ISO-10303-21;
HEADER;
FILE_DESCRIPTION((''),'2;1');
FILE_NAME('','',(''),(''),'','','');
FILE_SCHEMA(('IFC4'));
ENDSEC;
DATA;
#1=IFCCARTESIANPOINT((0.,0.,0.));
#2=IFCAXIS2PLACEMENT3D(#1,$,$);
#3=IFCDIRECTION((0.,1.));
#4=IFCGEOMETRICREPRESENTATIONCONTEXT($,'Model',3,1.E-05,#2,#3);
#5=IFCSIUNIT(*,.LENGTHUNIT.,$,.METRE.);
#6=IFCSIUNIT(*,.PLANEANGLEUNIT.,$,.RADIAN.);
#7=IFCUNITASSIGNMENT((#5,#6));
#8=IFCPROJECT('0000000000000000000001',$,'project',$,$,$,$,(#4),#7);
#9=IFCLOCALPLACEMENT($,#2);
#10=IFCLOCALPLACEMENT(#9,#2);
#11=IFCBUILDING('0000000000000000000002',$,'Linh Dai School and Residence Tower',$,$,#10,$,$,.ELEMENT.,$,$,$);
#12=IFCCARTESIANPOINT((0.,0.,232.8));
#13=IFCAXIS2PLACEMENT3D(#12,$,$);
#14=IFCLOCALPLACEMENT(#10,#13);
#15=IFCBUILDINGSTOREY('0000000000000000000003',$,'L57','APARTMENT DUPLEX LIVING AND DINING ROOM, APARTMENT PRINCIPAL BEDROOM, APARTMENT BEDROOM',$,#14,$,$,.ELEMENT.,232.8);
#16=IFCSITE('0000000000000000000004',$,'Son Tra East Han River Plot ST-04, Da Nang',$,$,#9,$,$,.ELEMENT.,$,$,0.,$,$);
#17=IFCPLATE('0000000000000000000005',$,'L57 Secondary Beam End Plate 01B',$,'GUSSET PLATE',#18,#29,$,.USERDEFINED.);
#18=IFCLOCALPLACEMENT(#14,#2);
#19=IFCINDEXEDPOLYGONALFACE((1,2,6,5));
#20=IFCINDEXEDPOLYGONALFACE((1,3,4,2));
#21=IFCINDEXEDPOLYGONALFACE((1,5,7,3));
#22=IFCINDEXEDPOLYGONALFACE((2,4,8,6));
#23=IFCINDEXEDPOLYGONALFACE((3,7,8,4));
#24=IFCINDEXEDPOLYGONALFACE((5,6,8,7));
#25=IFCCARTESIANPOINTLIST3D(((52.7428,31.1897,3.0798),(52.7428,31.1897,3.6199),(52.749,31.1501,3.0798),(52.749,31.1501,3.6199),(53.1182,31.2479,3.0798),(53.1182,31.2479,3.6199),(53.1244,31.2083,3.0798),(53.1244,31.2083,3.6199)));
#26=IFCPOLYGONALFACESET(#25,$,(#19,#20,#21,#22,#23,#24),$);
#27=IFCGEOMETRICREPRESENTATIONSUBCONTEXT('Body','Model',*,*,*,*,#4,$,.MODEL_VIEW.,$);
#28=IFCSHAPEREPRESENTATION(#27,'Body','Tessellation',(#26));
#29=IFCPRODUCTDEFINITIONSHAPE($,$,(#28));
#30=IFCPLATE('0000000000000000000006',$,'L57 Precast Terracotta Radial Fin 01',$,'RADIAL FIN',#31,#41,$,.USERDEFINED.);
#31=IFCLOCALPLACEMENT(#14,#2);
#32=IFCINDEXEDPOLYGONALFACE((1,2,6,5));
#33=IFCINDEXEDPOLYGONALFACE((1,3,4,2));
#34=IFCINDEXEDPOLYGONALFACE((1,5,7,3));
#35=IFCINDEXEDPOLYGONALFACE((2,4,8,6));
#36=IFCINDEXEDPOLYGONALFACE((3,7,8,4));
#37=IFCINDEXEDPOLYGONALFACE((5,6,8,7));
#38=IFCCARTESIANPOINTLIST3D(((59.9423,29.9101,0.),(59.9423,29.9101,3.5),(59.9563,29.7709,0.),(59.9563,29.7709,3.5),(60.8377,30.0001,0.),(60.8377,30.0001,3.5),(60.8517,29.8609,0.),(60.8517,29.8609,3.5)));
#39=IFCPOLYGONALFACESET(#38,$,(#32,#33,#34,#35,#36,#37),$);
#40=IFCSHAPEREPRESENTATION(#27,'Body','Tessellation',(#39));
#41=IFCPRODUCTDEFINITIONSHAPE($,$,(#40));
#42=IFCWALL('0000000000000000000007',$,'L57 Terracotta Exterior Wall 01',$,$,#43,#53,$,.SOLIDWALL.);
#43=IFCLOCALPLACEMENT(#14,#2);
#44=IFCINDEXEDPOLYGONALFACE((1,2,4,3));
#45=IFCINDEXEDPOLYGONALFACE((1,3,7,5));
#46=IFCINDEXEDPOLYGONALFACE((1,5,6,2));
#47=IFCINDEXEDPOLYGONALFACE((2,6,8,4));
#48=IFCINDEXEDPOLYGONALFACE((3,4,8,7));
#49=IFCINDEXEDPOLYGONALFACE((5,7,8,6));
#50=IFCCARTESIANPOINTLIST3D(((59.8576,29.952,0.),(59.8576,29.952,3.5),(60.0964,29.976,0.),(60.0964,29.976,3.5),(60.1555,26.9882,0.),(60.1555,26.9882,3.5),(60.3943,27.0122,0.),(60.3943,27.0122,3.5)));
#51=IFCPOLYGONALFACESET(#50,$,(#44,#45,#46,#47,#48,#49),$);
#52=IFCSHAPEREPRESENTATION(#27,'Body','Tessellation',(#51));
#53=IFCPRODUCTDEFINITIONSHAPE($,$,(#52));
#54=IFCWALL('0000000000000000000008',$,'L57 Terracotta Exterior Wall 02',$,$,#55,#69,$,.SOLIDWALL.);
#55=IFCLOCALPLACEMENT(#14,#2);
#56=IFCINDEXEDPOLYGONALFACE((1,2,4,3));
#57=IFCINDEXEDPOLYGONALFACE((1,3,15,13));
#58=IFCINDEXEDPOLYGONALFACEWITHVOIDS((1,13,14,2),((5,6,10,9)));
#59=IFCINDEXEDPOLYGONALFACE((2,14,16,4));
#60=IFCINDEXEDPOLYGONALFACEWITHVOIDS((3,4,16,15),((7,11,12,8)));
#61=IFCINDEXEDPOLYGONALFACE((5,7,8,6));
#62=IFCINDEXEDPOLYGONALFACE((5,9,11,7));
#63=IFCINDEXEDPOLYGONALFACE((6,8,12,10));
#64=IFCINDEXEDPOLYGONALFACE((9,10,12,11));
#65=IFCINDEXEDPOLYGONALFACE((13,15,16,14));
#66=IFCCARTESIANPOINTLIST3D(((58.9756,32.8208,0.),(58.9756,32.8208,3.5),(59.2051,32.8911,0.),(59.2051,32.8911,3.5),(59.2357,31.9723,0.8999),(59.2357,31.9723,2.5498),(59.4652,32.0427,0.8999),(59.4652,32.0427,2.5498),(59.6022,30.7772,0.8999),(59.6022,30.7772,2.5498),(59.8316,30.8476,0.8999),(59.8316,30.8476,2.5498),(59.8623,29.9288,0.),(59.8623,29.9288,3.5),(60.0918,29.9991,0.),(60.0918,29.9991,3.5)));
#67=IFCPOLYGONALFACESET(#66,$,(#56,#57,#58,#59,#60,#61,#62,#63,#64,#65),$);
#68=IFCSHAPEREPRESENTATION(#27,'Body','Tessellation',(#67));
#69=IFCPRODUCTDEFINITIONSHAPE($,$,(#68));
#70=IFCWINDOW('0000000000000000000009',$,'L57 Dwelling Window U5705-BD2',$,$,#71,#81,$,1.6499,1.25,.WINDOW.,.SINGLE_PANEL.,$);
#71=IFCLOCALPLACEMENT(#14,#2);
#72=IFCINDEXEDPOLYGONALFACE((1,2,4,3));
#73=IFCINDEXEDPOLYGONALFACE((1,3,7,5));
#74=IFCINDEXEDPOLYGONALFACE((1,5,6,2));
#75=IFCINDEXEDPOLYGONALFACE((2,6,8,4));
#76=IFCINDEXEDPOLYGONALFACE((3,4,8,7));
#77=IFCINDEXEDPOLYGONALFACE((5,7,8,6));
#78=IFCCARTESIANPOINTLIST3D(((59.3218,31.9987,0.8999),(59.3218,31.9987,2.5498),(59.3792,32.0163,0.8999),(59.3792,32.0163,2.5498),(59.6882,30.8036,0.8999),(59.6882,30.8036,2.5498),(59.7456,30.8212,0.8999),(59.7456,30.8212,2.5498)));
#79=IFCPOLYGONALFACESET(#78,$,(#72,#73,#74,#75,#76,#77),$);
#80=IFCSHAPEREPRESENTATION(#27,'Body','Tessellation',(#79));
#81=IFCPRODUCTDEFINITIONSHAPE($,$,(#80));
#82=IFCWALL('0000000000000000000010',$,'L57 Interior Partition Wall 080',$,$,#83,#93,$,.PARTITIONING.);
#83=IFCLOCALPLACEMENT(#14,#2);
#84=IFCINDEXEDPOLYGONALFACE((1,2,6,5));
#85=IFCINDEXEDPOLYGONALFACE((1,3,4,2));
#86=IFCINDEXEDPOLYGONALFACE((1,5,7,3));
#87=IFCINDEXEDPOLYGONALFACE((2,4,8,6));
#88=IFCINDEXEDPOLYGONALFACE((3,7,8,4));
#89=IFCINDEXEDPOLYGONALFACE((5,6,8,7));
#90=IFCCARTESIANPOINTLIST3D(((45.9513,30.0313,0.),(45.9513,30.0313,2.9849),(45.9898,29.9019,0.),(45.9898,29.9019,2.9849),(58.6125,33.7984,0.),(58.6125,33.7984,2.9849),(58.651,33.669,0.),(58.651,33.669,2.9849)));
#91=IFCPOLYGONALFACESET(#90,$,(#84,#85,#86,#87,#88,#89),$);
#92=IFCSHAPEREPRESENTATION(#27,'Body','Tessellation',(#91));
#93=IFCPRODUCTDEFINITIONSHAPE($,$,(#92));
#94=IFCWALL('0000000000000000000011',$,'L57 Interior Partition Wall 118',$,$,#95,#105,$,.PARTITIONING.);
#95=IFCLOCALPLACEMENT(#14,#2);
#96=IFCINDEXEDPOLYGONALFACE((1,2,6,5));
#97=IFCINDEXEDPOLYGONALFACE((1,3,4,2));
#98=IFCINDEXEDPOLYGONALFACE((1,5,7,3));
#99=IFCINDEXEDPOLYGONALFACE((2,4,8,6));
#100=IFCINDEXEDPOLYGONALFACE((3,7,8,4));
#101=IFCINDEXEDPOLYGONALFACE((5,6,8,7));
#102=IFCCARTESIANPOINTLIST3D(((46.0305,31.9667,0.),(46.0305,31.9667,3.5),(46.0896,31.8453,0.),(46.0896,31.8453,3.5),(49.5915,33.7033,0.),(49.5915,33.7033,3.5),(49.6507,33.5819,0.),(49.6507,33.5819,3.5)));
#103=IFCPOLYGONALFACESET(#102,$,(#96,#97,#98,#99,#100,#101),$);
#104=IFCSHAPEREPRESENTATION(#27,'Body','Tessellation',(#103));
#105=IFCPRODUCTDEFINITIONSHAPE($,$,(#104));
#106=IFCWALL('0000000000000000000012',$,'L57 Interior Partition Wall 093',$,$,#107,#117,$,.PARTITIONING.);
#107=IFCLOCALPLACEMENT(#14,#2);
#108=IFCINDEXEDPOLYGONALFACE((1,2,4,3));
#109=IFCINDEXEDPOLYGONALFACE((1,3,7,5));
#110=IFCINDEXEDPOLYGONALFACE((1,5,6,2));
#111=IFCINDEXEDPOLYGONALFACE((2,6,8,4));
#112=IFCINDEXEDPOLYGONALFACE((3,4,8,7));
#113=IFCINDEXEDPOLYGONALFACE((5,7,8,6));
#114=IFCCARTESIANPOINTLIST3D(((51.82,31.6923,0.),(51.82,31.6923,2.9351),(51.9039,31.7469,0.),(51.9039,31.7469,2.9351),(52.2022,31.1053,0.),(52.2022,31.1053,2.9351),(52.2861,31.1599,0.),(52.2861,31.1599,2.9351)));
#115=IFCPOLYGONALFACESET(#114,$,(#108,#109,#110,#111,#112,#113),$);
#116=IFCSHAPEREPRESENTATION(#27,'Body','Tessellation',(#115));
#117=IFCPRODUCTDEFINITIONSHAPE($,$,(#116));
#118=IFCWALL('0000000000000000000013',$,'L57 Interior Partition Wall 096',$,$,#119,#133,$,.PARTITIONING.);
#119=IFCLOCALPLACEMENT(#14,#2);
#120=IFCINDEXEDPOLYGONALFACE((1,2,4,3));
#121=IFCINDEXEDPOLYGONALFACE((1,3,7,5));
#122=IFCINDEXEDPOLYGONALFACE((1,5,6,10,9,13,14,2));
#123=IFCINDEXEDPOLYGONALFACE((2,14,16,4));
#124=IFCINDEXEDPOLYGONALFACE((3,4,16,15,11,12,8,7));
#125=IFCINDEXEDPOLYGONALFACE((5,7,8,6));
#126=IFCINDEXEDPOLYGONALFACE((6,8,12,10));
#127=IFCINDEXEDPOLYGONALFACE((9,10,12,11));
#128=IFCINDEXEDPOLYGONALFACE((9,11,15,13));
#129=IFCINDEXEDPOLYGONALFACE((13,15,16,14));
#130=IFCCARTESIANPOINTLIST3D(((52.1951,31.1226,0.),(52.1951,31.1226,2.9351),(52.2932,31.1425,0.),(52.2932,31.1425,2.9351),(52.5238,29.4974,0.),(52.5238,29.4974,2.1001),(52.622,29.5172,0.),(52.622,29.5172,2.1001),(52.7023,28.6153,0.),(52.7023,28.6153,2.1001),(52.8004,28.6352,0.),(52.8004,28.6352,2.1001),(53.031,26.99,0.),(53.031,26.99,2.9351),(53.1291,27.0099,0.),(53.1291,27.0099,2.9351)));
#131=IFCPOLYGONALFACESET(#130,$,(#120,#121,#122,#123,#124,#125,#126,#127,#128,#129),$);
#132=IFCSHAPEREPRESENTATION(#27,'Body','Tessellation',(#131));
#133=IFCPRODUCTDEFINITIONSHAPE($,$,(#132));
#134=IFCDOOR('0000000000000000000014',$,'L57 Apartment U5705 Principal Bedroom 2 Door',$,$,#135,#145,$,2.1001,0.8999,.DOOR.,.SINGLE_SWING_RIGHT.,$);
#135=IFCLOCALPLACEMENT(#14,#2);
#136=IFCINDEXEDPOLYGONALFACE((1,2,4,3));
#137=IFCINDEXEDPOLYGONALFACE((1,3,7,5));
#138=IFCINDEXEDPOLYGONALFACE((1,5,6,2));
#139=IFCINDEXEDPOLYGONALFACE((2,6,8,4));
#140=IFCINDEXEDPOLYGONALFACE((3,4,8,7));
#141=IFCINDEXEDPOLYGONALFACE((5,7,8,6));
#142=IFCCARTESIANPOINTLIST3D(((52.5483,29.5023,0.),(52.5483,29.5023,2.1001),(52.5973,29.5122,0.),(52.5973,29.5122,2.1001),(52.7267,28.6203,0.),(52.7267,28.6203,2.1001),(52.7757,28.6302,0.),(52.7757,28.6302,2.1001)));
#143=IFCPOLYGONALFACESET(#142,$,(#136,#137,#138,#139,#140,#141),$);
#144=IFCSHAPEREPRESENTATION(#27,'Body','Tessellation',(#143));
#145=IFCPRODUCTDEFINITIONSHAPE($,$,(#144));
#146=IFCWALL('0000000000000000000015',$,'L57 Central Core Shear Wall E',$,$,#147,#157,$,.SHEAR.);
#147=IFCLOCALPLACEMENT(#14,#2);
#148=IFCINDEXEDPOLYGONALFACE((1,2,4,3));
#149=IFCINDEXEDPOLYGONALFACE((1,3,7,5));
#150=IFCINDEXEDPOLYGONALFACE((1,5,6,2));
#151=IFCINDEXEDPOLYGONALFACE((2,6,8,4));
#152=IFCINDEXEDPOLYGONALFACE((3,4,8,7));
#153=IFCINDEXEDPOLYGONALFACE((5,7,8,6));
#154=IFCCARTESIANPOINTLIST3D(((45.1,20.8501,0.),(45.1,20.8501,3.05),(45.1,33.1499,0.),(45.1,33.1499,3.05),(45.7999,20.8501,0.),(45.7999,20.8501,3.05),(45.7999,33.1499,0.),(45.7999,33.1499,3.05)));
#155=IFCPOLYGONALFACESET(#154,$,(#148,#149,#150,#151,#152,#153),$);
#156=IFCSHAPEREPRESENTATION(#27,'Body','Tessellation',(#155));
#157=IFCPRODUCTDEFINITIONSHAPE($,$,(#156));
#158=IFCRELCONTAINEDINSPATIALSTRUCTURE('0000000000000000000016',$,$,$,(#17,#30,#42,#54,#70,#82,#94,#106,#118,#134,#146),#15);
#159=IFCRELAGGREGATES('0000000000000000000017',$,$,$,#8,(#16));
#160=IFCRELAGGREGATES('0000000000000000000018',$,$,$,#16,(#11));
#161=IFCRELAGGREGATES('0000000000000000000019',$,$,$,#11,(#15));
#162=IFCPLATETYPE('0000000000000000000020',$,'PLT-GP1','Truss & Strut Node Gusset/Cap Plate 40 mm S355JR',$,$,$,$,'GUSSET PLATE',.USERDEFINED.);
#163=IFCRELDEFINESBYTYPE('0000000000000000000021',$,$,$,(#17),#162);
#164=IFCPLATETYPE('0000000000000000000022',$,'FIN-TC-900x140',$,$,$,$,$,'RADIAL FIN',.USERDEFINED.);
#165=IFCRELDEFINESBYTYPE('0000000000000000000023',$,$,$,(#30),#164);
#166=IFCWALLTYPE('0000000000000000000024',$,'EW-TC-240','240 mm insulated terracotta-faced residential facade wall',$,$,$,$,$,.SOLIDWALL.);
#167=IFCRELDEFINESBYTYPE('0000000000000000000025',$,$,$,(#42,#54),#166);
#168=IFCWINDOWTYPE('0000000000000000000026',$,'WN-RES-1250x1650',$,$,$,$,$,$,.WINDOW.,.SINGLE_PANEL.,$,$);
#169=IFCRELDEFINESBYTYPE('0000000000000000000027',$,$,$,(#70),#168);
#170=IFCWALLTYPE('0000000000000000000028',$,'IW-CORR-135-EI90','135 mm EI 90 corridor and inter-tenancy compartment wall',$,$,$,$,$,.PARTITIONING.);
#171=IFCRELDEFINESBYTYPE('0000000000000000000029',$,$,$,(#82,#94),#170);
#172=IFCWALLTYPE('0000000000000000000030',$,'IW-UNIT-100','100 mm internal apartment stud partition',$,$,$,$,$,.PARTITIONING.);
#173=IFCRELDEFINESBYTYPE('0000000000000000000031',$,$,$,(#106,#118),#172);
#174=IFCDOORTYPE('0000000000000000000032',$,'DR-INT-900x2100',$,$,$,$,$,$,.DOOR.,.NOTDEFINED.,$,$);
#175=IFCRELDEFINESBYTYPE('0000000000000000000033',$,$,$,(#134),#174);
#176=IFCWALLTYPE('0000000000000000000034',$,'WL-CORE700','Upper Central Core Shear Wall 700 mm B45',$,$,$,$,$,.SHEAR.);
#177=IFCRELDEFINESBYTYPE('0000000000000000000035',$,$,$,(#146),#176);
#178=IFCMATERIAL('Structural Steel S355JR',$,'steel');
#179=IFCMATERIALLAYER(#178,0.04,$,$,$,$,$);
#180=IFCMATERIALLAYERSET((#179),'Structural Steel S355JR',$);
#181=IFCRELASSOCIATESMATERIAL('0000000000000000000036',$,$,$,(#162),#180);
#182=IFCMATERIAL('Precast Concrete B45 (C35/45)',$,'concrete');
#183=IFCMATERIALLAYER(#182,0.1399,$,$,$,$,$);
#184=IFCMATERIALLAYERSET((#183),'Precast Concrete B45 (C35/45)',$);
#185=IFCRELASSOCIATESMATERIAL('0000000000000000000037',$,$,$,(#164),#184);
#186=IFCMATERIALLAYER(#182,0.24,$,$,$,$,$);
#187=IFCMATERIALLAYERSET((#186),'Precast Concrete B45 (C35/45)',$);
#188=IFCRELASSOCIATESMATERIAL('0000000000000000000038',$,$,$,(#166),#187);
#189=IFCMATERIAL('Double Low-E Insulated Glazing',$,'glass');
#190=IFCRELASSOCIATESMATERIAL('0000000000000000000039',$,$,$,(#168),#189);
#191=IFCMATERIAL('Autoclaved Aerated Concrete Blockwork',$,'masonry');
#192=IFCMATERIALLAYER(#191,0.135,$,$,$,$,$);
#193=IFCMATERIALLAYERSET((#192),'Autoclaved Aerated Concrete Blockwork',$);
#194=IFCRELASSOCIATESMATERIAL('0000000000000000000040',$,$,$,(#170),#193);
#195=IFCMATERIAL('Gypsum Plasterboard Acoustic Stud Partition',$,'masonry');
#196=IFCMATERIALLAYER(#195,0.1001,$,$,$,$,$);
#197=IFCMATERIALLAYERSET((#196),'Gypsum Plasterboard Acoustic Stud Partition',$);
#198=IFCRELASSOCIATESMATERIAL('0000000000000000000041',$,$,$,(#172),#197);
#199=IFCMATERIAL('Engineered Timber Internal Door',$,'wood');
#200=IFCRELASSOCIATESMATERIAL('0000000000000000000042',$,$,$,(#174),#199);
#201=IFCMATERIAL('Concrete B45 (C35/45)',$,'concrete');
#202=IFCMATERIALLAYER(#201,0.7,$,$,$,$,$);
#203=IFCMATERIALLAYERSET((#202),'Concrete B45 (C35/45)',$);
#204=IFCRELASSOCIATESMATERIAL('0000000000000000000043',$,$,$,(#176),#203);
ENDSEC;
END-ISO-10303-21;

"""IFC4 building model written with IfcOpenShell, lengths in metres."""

from ifc_helpers import new_model, si_unit, direction, frame, frame_2d, origin, origin_2d, place, context, subcontext, project, spatial, rectangle, extrude, source, transform, mapped, material, layer, layer_set, type_object, element, fill, save


model = new_model("IFC4")

# Units and contexts
model_context = context("Model", 3, precision=1e-05, world=origin(), true_north=direction((0.0, 1.0)))
body_context = subcontext(model_context, "Body", "Model", "MODEL_VIEW")
ifc_project = project(units=[si_unit("LENGTHUNIT", "METRE"), si_unit("PLANEANGLEUNIT", "RADIAN")], contexts=[model_context])

# Site, building, storey
site_placement = place(None, origin())
site = spatial("IfcSite", under=ifc_project, at=site_placement, Name="Son Tra East Han River Plot ST-04, Da Nang", CompositionType="ELEMENT", RefElevation=0.0)
building_placement = place(site_placement, origin())
building = spatial("IfcBuilding", under=site, at=building_placement, Name="Linh Dai School and Residence Tower", CompositionType="ELEMENT")
storey_placement = place(building_placement, frame((0.0, 0.0, 232.8)))
storey = spatial("IfcBuildingStorey", under=building, at=storey_placement, Name="L57", Description="APARTMENT DUPLEX LIVING AND DINING ROOM, APARTMENT PRINCIPAL BEDROOM, APARTMENT BEDROOM", CompositionType="ELEMENT", Elevation=232.8)

# Shared definitions
ifc_material_1 = material(Name="Concrete B45 (C35/45)", Category="concrete")
ifc_material_2 = material(Name="Structural Steel S355JR", Category="steel")

# Plates
ifc_layer_1 = layer(ifc_material_2, 0.04)
ifc_layer_set_1 = layer_set([ifc_layer_1], Name="Structural Steel S355JR")
plate_type_1 = type_object("IfcPlateType", Name="PLT-GP1", Description="Truss & Strut Node Gusset/Cap Plate 40 mm S355JR", ElementType="GUSSET PLATE", PredefinedType="USERDEFINED", material=ifc_layer_set_1)
shared_shape_1 = source(origin(), body_context, "Body", "SweptSolid", [
    extrude(rectangle(XDim=0.04, YDim=0.3799, at=origin_2d()), origin(), (0.0, 0.0, 1.0), 0.54),
])
plate_1_placement = place(storey_placement, frame((52.9336, 31.199, 3.0798), z_axis=(0.0, 0.0, 1.0), x_axis=(-0.153186, 0.988197, 0.0)))
element("IfcPlate", 1, at=plate_1_placement, inside=storey, type_object=plate_type_1, Name="L57 Secondary Beam End Plate 01B", ObjectType="GUSSET PLATE", PredefinedType="USERDEFINED", context=body_context, shape_type="MappedRepresentation", body=[
    mapped(shared_shape_1, transform((0.0, 0.0, 0.0), x_axis=(1.0, 0.0, 0.0), y_axis=(0.0, 1.0, 0.0), z_axis=(0.0, 0.0, 1.0), scale=1.0)),
])
ifc_material_3 = material(Name="Precast Concrete B45 (C35/45)", Category="concrete")
ifc_layer_2 = layer(ifc_material_3, 0.1399)
ifc_layer_set_2 = layer_set([ifc_layer_2], Name="Precast Concrete B45 (C35/45)")
plate_type_2 = type_object("IfcPlateType", Name="FIN-TC-900x140", ElementType="RADIAL FIN", PredefinedType="USERDEFINED", material=ifc_layer_set_2)
shared_shape_2 = source(origin(), body_context, "Body", "SweptSolid", [
    extrude(rectangle(XDim=0.8999, YDim=0.1399, at=origin_2d()), origin(), (0.0, 0.0, 1.0), 3.5),
])
plate_2_placement = place(storey_placement, frame((60.397, 29.8855, 0.0), z_axis=(0.0, 0.0, 1.0), x_axis=(0.994986, 0.100012, 0.0)))
element("IfcPlate", 2, at=plate_2_placement, inside=storey, type_object=plate_type_2, Name="L57 Precast Terracotta Radial Fin 01", ObjectType="RADIAL FIN", PredefinedType="USERDEFINED", context=body_context, shape_type="MappedRepresentation", body=[
    mapped(shared_shape_2, transform((0.0, 0.0, 0.0), x_axis=(1.0, 0.0, 0.0), y_axis=(0.0, 1.0, 0.0), z_axis=(0.0, 0.0, 1.0), scale=1.0)),
])

# Wall
ifc_layer_3 = layer(ifc_material_3, 0.24)
ifc_layer_set_3 = layer_set([ifc_layer_3], Name="Precast Concrete B45 (C35/45)")
wall_type_1 = type_object("IfcWallType", Name="EW-TC-240", Description="240 mm insulated terracotta-faced residential facade wall", PredefinedType="SOLIDWALL", material=ifc_layer_set_3)
wall_1_placement = place(storey_placement, frame((59.9771, 29.9639, 0.0), z_axis=(0.0, 0.0, 1.0), x_axis=(0.099991, -0.994988, 0.0)))
element("IfcWall", 3, at=wall_1_placement, inside=storey, type_object=wall_type_1, Name="L57 Terracotta Exterior Wall 01", PredefinedType="SOLIDWALL", context=body_context, shape_type="SweptSolid", body=[
    extrude(rectangle(XDim=2.9788, YDim=0.24, at=frame_2d((1.4893, 0.0))), origin(), (0.0, 0.0, 1.0), 3.5),
])

# Wall, opening, window
wall_2_placement = place(storey_placement, frame((59.0903, 32.856, 0.0), z_axis=(0.0, 0.0, 1.0), x_axis=(0.293133, -0.956072, 0.0)))
wall_2 = element("IfcWall", 4, at=wall_2_placement, inside=storey, type_object=wall_type_1, Name="L57 Terracotta Exterior Wall 02", PredefinedType="SOLIDWALL", context=body_context, shape_type="SweptSolid", body=[
    extrude(rectangle(XDim=3.0249, YDim=0.24, at=frame_2d((1.5125, 0.0))), origin(), (0.0, 0.0, 1.0), 3.5),
])
opening_1_placement = place(wall_2_placement, frame((0.8875, 0.0, 0.8999)))
opening_1 = element("IfcOpeningElement", 5, at=opening_1_placement, cuts=wall_2, PredefinedType="OPENING", context=body_context, shape_type="SweptSolid", body=[
    extrude(rectangle(XDim=1.25, YDim=1.6499, at=origin_2d()), frame((0.625, 0.1299, 0.825), z_axis=(0.0, -1.0, 0.0), x_axis=(1.0, 0.0, 0.0)), (0.0, 0.0, 1.0), 0.26),
])
ifc_material_4 = material(Name="Double Low-E Insulated Glazing", Category="glass")
window_type = type_object("IfcWindowType", Name="WN-RES-1250x1650", PartitioningType="SINGLE_PANEL", PredefinedType="WINDOW", material=ifc_material_4)
shared_shape_3 = source(origin(), body_context, "Body", "SweptSolid", [
    extrude(rectangle(XDim=1.25, YDim=1.6499, at=origin_2d()), frame((0.625, 0.03, 0.825), z_axis=(0.0, -1.0, 0.0), x_axis=(1.0, 0.0, 0.0)), (0.0, 0.0, 1.0), 0.0601),
])
window_placement = place(opening_1_placement, origin())
window = element("IfcWindow", 6, at=window_placement, inside=storey, type_object=window_type, Name="L57 Dwelling Window U5705-BD2", OverallHeight=1.6499, OverallWidth=1.25, PartitioningType="SINGLE_PANEL", PredefinedType="WINDOW", context=body_context, shape_type="MappedRepresentation", body=[
    mapped(shared_shape_3, transform((0.0, 0.0, 0.0), x_axis=(1.0, 0.0, 0.0), y_axis=(0.0, 1.0, 0.0), z_axis=(0.0, 0.0, 1.0), scale=1.0)),
])
fill(opening_1, window)

# Walls
ifc_material_5 = material(Name="Autoclaved Aerated Concrete Blockwork", Category="masonry")
ifc_layer_4 = layer(ifc_material_5, 0.135)
ifc_layer_set_4 = layer_set([ifc_layer_4], Name="Autoclaved Aerated Concrete Blockwork")
wall_type_2 = type_object("IfcWallType", Name="IW-CORR-135-EI90", Description="135 mm EI 90 corridor and inter-tenancy compartment wall", PredefinedType="PARTITIONING", material=ifc_layer_set_4)
wall_3_placement = place(storey_placement, frame((45.9705, 29.9666, 0.0), z_axis=(0.0, 0.0, 1.0), x_axis=(0.958475, 0.285177, 0.0)))
element("IfcWall", 7, at=wall_3_placement, inside=storey, type_object=wall_type_2, Name="L57 Interior Partition Wall 080", PredefinedType="PARTITIONING", context=body_context, shape_type="SweptSolid", body=[
    extrude(rectangle(XDim=13.2097, YDim=0.135, at=frame_2d((6.605, 0.0))), origin(), (0.0, 0.0, 1.0), 2.9849),
])
wall_4_placement = place(storey_placement, frame((46.0601, 31.906, 0.0), z_axis=(0.0, 0.0, 1.0), x_axis=(0.89882, 0.438318, 0.0)))
element("IfcWall", 8, at=wall_4_placement, inside=storey, type_object=wall_type_2, Name="L57 Interior Partition Wall 118", PredefinedType="PARTITIONING", context=body_context, shape_type="SweptSolid", body=[
    extrude(rectangle(XDim=3.9619, YDim=0.135, at=frame_2d((1.981, 0.0))), origin(), (0.0, 0.0, 1.0), 3.5),
])
ifc_material_6 = material(Name="Gypsum Plasterboard Acoustic Stud Partition", Category="masonry")
ifc_layer_5 = layer(ifc_material_6, 0.1001)
ifc_layer_set_5 = layer_set([ifc_layer_5], Name="Gypsum Plasterboard Acoustic Stud Partition")
wall_type_3 = type_object("IfcWallType", Name="IW-UNIT-100", Description="100 mm internal apartment stud partition", PredefinedType="PARTITIONING", material=ifc_layer_set_5)
wall_5_placement = place(storey_placement, frame((51.8621, 31.7195, 0.0), z_axis=(0.0, 0.0, 1.0), x_axis=(0.545576, -0.838061, 0.0)))
element("IfcWall", 9, at=wall_5_placement, inside=storey, type_object=wall_type_3, Name="L57 Interior Partition Wall 093", PredefinedType="PARTITIONING", context=body_context, shape_type="SweptSolid", body=[
    extrude(rectangle(XDim=0.7004, YDim=0.1001, at=frame_2d((0.3501, 0.0))), origin(), (0.0, 0.0, 1.0), 2.9351),
])

# Wall, opening, door
wall_6_placement = place(storey_placement, frame((52.2441, 31.1326, 0.0), z_axis=(0.0, 0.0, 1.0), x_axis=(0.198265, -0.980148, 0.0)))
wall_6 = element("IfcWall", 10, at=wall_6_placement, inside=storey, type_object=wall_type_3, Name="L57 Interior Partition Wall 096", PredefinedType="PARTITIONING", context=body_context, shape_type="SweptSolid", body=[
    extrude(rectangle(XDim=4.2163, YDim=0.1001, at=frame_2d((2.1082, 0.0))), origin(), (0.0, 0.0, 1.0), 2.9351),
])
opening_2_placement = place(wall_6_placement, frame((1.6582, 0.0, 0.0)))
opening_2 = element("IfcOpeningElement", 11, at=opening_2_placement, cuts=wall_6, PredefinedType="OPENING", context=body_context, shape_type="SweptSolid", body=[
    extrude(rectangle(XDim=0.8999, YDim=2.1001, at=origin_2d()), frame((0.45, 0.0601, 1.05), z_axis=(0.0, -1.0, 0.0), x_axis=(1.0, 0.0, 0.0)), (0.0, 0.0, 1.0), 0.1201),
])
ifc_material_7 = material(Name="Engineered Timber Internal Door", Category="wood")
door_type = type_object("IfcDoorType", Name="DR-INT-900x2100", OperationType="NOTDEFINED", PredefinedType="DOOR", material=ifc_material_7)
shared_shape_4 = source(origin(), body_context, "Body", "SweptSolid", [
    extrude(rectangle(XDim=0.8999, YDim=2.1001, at=origin_2d()), frame((0.45, 0.0249, 1.05), z_axis=(0.0, -1.0, 0.0), x_axis=(1.0, 0.0, 0.0)), (0.0, 0.0, 1.0), 0.05),
])
door_placement = place(opening_2_placement, origin())
door = element("IfcDoor", 12, at=door_placement, inside=storey, type_object=door_type, Name="L57 Apartment U5705 Principal Bedroom 2 Door", OperationType="SINGLE_SWING_RIGHT", OverallHeight=2.1001, OverallWidth=0.8999, PredefinedType="DOOR", context=body_context, shape_type="MappedRepresentation", body=[
    mapped(shared_shape_4, transform((0.0, 0.0, 0.0), x_axis=(1.0, 0.0, 0.0), y_axis=(0.0, 1.0, 0.0), z_axis=(0.0, 0.0, 1.0), scale=1.0)),
])
fill(opening_2, door)

# Wall
ifc_layer_6 = layer(ifc_material_1, 0.7)
ifc_layer_set_6 = layer_set([ifc_layer_6], Name="Concrete B45 (C35/45)")
wall_type_4 = type_object("IfcWallType", Name="WL-CORE700", Description="Upper Central Core Shear Wall 700 mm B45", PredefinedType="SHEAR", material=ifc_layer_set_6)
wall_7_placement = place(storey_placement, frame((45.45, 33.1499, 0.0), z_axis=(0.0, 0.0, 1.0), x_axis=(0.0, -1.0, 0.0)))
element("IfcWall", 13, at=wall_7_placement, inside=storey, type_object=wall_type_4, Name="L57 Central Core Shear Wall E", PredefinedType="SHEAR", context=body_context, shape_type="SweptSolid", body=[
    extrude(rectangle(XDim=12.2998, YDim=0.7, at=frame_2d((6.1499, 0.0))), origin(), (0.0, 0.0, 1.0), 3.05),
])

save(model, "model.ifc")
